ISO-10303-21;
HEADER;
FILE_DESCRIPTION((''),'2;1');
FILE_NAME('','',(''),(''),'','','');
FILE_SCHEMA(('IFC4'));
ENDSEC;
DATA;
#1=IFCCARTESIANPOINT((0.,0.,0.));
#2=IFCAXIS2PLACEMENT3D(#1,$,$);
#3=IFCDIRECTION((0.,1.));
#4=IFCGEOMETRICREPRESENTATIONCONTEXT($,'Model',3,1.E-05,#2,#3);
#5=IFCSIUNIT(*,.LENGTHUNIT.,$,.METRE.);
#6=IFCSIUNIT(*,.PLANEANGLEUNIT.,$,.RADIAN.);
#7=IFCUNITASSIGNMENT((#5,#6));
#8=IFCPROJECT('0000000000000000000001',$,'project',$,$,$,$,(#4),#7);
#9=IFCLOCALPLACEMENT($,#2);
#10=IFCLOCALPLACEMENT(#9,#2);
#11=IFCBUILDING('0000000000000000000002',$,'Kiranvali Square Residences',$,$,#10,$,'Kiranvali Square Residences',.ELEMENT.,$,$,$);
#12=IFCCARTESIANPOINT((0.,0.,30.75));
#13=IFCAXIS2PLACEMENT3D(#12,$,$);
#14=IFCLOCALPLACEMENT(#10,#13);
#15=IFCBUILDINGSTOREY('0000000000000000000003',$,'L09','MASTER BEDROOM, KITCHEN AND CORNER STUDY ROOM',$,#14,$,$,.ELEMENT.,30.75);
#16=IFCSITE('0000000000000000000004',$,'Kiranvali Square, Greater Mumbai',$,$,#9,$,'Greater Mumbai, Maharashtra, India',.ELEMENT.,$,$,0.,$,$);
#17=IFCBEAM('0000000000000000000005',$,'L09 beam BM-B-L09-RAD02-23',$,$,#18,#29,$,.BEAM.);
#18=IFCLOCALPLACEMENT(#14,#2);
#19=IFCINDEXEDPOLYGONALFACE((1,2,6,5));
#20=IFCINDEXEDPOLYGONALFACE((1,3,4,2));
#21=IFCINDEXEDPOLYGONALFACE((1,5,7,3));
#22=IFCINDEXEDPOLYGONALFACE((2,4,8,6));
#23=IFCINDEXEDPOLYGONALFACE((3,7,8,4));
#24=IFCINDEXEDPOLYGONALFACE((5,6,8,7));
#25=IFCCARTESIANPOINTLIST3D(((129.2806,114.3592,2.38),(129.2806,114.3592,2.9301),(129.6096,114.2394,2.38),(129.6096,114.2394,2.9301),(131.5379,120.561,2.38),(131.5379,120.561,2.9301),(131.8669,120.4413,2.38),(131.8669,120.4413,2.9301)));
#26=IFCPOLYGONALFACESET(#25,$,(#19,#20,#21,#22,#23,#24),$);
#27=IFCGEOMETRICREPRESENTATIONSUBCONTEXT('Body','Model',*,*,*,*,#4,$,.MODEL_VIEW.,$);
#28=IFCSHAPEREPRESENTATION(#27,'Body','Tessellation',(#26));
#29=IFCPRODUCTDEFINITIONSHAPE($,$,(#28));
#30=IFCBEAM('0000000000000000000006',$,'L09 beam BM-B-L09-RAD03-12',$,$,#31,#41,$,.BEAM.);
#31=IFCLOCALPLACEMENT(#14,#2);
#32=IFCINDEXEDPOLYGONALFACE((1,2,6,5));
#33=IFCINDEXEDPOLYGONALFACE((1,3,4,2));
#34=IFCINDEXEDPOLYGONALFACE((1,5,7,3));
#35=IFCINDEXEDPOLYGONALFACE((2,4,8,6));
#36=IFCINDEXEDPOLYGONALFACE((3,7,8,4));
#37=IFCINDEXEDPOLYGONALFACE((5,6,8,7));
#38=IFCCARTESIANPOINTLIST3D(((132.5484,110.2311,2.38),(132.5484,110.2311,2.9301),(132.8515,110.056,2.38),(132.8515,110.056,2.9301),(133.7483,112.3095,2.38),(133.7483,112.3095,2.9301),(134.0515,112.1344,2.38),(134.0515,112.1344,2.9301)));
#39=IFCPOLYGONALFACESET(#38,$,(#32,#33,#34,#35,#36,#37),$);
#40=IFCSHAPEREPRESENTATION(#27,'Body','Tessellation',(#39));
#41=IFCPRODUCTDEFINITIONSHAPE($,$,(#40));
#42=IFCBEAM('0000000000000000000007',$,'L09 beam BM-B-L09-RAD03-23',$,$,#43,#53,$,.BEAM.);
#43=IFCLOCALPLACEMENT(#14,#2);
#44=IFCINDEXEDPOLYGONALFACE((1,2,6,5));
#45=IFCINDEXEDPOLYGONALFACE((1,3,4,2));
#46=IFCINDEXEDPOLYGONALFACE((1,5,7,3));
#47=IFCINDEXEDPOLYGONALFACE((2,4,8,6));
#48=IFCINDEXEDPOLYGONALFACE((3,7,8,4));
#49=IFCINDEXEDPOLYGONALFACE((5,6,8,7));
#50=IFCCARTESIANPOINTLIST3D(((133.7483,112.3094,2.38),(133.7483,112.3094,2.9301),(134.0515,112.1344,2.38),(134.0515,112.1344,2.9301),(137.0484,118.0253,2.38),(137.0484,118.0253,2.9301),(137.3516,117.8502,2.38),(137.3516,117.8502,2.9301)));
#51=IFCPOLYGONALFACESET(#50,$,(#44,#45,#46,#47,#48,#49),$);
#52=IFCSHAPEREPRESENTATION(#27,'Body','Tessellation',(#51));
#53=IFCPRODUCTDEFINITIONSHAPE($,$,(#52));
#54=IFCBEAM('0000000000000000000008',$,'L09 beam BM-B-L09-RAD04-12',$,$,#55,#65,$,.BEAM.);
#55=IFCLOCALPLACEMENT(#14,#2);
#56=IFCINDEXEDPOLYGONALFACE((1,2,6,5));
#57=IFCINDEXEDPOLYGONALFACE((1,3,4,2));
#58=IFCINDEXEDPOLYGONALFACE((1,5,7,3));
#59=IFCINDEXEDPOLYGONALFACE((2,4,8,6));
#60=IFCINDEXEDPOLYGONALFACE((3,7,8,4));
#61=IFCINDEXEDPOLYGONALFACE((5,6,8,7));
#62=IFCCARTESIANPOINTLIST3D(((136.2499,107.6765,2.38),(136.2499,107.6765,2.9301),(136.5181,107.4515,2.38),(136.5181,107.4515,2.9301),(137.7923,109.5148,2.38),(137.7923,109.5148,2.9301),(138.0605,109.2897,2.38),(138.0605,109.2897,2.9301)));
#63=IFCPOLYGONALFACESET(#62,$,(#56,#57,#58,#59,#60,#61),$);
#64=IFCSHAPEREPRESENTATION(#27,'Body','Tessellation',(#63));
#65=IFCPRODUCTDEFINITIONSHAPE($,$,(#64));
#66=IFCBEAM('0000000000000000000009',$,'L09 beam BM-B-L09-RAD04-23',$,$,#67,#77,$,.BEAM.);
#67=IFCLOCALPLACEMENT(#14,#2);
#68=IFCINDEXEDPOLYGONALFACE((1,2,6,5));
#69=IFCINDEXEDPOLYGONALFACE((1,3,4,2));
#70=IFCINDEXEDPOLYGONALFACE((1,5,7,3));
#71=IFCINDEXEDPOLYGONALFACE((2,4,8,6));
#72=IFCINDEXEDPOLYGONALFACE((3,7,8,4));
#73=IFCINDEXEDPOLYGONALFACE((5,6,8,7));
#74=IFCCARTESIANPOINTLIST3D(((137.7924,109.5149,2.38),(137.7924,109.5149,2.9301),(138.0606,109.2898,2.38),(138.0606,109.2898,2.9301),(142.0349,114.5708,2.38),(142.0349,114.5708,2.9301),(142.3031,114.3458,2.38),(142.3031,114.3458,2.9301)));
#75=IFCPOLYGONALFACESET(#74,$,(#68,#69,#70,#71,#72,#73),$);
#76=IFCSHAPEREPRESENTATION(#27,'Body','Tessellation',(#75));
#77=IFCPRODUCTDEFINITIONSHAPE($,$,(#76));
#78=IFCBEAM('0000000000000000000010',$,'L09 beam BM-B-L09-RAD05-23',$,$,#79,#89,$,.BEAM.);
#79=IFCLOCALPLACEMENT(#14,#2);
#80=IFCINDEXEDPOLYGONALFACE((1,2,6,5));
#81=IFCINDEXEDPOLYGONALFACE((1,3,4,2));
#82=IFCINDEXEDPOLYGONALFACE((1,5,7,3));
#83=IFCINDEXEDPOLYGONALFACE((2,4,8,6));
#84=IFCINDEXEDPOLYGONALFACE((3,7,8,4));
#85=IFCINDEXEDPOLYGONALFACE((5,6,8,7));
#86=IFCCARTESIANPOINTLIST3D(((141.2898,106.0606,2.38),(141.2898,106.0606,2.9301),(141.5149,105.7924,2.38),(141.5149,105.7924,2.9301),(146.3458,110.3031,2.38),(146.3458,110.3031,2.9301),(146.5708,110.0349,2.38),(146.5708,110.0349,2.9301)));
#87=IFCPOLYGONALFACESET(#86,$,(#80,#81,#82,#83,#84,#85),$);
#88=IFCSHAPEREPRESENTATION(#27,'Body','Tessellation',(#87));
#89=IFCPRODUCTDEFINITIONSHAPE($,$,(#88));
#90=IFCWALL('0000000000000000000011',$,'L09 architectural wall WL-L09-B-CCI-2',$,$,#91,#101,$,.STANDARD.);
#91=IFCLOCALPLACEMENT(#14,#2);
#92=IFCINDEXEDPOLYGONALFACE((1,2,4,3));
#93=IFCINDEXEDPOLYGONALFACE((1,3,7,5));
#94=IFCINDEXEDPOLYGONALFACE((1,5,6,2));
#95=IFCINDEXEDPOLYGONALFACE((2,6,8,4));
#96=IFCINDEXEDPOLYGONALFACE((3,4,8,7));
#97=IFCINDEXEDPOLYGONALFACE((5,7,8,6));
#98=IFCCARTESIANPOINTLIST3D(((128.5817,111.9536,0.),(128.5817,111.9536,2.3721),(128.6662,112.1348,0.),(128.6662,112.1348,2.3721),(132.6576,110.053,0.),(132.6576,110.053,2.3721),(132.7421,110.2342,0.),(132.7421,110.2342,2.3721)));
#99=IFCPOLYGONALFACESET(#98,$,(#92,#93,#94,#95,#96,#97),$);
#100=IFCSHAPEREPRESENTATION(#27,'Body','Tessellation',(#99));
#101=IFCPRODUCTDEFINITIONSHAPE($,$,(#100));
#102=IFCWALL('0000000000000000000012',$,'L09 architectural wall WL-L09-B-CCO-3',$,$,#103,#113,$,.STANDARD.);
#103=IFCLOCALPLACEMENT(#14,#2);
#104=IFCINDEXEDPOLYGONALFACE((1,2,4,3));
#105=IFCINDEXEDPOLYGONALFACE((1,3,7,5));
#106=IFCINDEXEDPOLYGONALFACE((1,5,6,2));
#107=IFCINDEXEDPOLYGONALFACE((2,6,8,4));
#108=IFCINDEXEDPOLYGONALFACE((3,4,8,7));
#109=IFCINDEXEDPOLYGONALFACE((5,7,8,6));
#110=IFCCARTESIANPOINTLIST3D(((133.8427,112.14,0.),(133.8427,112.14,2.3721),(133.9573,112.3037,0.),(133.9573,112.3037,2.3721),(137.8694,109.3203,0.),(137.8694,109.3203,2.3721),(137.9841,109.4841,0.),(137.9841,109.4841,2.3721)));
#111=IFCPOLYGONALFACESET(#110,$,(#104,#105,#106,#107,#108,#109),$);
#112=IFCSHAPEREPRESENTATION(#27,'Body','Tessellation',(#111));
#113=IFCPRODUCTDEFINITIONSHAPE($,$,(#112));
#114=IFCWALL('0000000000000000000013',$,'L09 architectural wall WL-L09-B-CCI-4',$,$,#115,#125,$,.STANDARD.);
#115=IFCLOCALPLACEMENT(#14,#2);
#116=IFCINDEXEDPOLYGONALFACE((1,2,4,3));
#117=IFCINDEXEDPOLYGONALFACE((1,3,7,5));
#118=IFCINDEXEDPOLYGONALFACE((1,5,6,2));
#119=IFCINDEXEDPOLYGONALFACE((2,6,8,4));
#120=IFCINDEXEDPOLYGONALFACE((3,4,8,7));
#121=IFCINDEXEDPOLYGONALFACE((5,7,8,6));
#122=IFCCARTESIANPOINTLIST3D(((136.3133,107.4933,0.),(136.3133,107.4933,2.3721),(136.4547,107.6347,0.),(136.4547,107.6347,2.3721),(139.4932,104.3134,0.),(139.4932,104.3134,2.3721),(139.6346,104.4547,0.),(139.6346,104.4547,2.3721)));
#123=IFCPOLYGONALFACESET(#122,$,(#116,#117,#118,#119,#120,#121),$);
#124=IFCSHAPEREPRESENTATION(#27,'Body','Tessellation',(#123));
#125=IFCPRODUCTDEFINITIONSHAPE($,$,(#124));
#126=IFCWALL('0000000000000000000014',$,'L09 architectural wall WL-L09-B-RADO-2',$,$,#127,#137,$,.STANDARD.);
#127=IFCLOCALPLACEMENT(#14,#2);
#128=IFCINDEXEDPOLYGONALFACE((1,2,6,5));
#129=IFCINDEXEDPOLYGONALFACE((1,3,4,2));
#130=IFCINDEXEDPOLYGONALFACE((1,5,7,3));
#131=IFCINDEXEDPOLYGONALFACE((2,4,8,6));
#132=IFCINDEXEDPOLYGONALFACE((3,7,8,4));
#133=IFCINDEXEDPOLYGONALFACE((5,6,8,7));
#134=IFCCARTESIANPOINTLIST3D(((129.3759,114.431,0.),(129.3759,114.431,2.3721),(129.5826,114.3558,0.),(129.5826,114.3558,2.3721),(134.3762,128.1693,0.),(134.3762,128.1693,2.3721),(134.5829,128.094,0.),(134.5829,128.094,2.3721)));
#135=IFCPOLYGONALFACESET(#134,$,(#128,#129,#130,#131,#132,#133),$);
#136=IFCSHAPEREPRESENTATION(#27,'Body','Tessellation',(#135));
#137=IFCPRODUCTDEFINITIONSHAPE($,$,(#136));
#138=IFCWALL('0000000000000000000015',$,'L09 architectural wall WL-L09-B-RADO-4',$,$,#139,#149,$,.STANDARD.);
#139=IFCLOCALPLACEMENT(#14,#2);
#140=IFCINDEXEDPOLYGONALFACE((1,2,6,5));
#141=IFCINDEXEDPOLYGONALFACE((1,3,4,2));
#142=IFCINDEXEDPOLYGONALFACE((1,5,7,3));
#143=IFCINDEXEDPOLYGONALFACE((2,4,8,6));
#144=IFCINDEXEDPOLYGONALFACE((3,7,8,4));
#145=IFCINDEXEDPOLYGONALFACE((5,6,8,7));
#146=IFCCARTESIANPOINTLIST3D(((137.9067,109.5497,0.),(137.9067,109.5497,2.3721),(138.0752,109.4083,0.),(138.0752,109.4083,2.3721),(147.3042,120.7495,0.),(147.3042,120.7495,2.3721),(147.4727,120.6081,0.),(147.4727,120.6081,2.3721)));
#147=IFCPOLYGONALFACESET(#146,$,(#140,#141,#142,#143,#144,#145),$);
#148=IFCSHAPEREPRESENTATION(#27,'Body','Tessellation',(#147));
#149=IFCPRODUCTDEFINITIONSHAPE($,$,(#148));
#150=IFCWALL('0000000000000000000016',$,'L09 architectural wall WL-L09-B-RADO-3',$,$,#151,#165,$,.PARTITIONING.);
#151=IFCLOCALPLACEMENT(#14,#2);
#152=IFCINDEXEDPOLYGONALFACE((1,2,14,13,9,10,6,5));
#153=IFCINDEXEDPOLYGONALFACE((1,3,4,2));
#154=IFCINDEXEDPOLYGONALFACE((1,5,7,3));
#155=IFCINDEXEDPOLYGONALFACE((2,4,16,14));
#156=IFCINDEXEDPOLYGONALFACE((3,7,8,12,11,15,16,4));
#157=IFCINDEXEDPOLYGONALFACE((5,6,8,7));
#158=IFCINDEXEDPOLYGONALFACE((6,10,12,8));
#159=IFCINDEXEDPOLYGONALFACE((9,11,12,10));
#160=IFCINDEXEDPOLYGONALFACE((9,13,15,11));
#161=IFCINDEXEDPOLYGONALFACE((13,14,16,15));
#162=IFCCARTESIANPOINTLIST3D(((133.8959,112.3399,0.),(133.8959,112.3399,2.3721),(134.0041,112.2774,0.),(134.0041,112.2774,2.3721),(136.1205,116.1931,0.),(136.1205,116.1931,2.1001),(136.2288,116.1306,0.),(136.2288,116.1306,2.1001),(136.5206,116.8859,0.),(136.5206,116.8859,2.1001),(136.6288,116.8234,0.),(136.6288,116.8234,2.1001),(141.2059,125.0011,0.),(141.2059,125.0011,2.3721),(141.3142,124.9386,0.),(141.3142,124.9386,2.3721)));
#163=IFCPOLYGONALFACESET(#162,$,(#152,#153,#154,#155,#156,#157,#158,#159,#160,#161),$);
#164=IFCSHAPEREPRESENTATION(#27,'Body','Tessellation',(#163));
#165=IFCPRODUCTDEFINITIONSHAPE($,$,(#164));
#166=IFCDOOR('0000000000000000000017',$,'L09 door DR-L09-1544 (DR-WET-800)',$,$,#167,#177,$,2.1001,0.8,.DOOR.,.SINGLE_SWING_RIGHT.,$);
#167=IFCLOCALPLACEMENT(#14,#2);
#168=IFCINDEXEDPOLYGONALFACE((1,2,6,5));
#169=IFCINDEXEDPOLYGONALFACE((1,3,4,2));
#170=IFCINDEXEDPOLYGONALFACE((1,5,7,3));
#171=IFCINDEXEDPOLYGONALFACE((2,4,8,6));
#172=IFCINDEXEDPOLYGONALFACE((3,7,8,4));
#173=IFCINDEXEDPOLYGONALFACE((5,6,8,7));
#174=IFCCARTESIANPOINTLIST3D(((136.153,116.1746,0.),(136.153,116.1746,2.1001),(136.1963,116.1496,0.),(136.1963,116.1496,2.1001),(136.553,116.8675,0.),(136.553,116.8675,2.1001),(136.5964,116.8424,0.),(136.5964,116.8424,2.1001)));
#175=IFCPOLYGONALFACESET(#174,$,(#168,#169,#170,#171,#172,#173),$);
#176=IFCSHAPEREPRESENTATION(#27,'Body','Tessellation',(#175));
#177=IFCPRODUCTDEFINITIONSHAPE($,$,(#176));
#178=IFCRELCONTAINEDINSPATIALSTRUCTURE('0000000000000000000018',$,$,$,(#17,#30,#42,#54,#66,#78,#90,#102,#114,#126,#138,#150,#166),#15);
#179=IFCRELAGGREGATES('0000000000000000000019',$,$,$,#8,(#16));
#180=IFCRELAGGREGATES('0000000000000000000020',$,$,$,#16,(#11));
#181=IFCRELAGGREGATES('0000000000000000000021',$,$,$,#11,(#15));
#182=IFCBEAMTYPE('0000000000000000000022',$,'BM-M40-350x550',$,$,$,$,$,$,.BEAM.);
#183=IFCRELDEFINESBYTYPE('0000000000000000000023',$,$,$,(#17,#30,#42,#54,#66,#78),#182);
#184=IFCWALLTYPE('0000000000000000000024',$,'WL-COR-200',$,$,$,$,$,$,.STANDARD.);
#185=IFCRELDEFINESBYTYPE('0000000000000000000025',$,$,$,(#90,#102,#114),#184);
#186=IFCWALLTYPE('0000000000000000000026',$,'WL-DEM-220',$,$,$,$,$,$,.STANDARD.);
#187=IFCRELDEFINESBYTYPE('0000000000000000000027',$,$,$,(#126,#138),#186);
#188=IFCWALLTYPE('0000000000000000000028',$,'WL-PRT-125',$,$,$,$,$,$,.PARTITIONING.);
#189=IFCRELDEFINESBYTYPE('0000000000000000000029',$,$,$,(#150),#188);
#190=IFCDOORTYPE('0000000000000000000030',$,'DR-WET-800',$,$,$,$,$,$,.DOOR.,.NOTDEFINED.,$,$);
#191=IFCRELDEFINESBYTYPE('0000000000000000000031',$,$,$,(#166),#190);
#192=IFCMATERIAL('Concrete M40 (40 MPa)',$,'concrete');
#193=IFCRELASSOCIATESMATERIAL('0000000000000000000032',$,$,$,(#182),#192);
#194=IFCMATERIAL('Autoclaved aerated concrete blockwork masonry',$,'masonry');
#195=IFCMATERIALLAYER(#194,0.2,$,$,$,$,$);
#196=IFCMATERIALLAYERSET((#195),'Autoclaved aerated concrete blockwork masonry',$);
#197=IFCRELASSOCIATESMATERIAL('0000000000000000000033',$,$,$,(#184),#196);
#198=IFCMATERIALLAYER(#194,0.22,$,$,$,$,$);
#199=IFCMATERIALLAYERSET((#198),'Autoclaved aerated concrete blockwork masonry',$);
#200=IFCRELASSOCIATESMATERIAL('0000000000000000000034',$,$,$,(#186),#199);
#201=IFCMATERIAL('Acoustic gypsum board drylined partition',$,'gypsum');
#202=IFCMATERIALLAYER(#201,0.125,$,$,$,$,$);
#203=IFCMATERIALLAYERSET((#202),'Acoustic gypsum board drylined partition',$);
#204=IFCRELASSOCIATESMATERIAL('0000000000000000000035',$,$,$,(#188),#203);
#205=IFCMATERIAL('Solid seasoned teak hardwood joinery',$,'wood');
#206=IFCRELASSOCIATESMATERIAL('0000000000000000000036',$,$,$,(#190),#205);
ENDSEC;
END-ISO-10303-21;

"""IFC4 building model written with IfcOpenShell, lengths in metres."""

from ifc_helpers import new_model, si_unit, direction, frame, frame_2d, origin, origin_2d, place, context, subcontext, project, spatial, rectangle, extrude, material, layer, layer_set, material_profile, profile_set, type_object, element, fill, save


model = new_model("IFC4")

# Units and contexts
model_context = context("Model", 3, precision=1e-05, world=origin(), true_north=direction((0.0, 1.0)))
body_context = subcontext(model_context, "Body", "Model", "MODEL_VIEW")
ifc_project = project(units=[si_unit("LENGTHUNIT", "METRE"), si_unit("PLANEANGLEUNIT", "RADIAN")], contexts=[model_context])

# Site, building, storey
site_placement = place(None, origin())
site = spatial("IfcSite", under=ifc_project, at=site_placement, Name="Kiranvali Square, Greater Mumbai", LongName="Greater Mumbai, Maharashtra, India", CompositionType="ELEMENT", RefElevation=0.0)
building_placement = place(site_placement, origin())
building = spatial("IfcBuilding", under=site, at=building_placement, Name="Kiranvali Square Residences", LongName="Kiranvali Square Residences", CompositionType="ELEMENT")
storey_placement = place(building_placement, frame((0.0, 0.0, 30.75)))
storey = spatial("IfcBuildingStorey", under=building, at=storey_placement, Name="L09", Description="MASTER BEDROOM, KITCHEN AND CORNER STUDY ROOM", CompositionType="ELEMENT", Elevation=30.75)

# Shared definitions
ifc_material_1 = material(Name="Concrete M40 (40 MPa)", Category="concrete")

# Beams
ifc_material_profile_1 = material_profile(ifc_material_1, rectangle(XDim=0.3501, YDim=0.55, at=origin_2d()), Name="RC 350x550")
ifc_profile_set_1 = profile_set([ifc_material_profile_1], Name="Concrete M40 (40 MPa)")
beam_type = type_object("IfcBeamType", Name="BM-M40-350x550", PredefinedType="BEAM", material=ifc_profile_set_1)
beam_1_placement = place(storey_placement, frame((129.4451, 114.2993, 2.655), z_axis=(0.342022, 0.939692, 0.0), x_axis=(-0.939692, 0.342022, 0.0)))
element("IfcBeam", 1, at=beam_1_placement, inside=storey, type_object=beam_type, Name="L09 beam BM-B-L09-RAD02-23", PredefinedType="BEAM", context=body_context, shape_type="SweptSolid", body=[
    extrude(rectangle(XDim=0.3501, YDim=0.55, at=origin_2d()), origin(), (0.0, 0.0, 1.0), 6.5999),
])
beam_2_placement = place(storey_placement, frame((132.7, 110.1436, 2.655), z_axis=(0.500001, 0.866025, 0.0), x_axis=(-0.866025, 0.500001, 0.0)))
element("IfcBeam", 2, at=beam_2_placement, inside=storey, type_object=beam_type, Name="L09 beam BM-B-L09-RAD03-12", PredefinedType="BEAM", context=body_context, shape_type="SweptSolid", body=[
    extrude(rectangle(XDim=0.3501, YDim=0.55, at=origin_2d()), origin(), (0.0, 0.0, 1.0), 2.3999),
])
beam_3_placement = place(storey_placement, frame((133.8999, 112.2219, 2.655), z_axis=(0.500002, 0.866024, 0.0), x_axis=(-0.866024, 0.500002, 0.0)))
element("IfcBeam", 3, at=beam_3_placement, inside=storey, type_object=beam_type, Name="L09 beam BM-B-L09-RAD03-23", PredefinedType="BEAM", context=body_context, shape_type="SweptSolid", body=[
    extrude(rectangle(XDim=0.3501, YDim=0.55, at=origin_2d()), origin(), (0.0, 0.0, 1.0), 6.6001),
])
beam_4_placement = place(storey_placement, frame((136.384, 107.564, 2.655), z_axis=(0.642763, 0.766065, 0.0), x_axis=(-0.766065, 0.642763, 0.0)))
element("IfcBeam", 4, at=beam_4_placement, inside=storey, type_object=beam_type, Name="L09 beam BM-B-L09-RAD04-12", PredefinedType="BEAM", context=body_context, shape_type="SweptSolid", body=[
    extrude(rectangle(XDim=0.3501, YDim=0.55, at=origin_2d()), origin(), (0.0, 0.0, 1.0), 2.3997),
])
for number, where, z_axis, x_axis, name in (
    (5, (137.9265, 109.4023, 2.655), (0.642789, 0.766043, 0.0), (-0.766043, 0.642789, 0.0), "L09 beam BM-B-L09-RAD04-23"),
    (6, (141.4023, 105.9265, 2.655), (0.766043, 0.642789, 0.0), (-0.642789, 0.766043, 0.0), "L09 beam BM-B-L09-RAD05-23"),
):
    element("IfcBeam", number, at=place(storey_placement, frame(where, z_axis=z_axis, x_axis=x_axis)), inside=storey, type_object=beam_type, Name=name, PredefinedType="BEAM", context=body_context, shape_type="SweptSolid", body=[
        extrude(rectangle(XDim=0.3501, YDim=0.55, at=origin_2d()), origin(), (0.0, 0.0, 1.0), 6.6001),
    ])

# Wall
ifc_material_2 = material(Name="Autoclaved aerated concrete blockwork masonry", Category="masonry")
ifc_layer_1 = layer(ifc_material_2, 0.2)
ifc_layer_set_1 = layer_set([ifc_layer_1], Name="Autoclaved aerated concrete blockwork masonry")
wall_type_1 = type_object("IfcWallType", Name="WL-COR-200", PredefinedType="STANDARD", material=ifc_layer_set_1)
wall_1_placement = place(storey_placement, frame((128.624, 112.0442, 0.0), z_axis=(0.0, 0.0, 1.0), x_axis=(0.906308, -0.422618, 0.0)))
element("IfcWall", 7, at=wall_1_placement, inside=storey, type_object=wall_type_1, Name="L09 architectural wall WL-L09-B-CCI-2", PredefinedType="STANDARD", context=body_context, shape_type="SweptSolid", body=[
    extrude(rectangle(XDim=4.4973, YDim=0.2, at=frame_2d((2.2485, 0.0))), origin(), (0.0, 0.0, 1.0), 2.3721),
])

# Walls
wall_2_placement = place(storey_placement, frame((133.8999, 112.2219, 0.0), z_axis=(0.0, 0.0, 1.0), x_axis=(0.819141, -0.573592, 0.0)))
element("IfcWall", 8, at=wall_2_placement, inside=storey, type_object=wall_type_1, Name="L09 architectural wall WL-L09-B-CCO-3", PredefinedType="STANDARD", context=body_context, shape_type="SweptSolid", body=[
    extrude(rectangle(XDim=4.9158, YDim=0.2, at=frame_2d((2.458, 0.0))), origin(), (0.0, 0.0, 1.0), 2.3721),
])
wall_3_placement = place(storey_placement, frame((136.384, 107.564, 0.0), z_axis=(0.0, 0.0, 1.0), x_axis=(0.707107, -0.707107, 0.0)))
element("IfcWall", 9, at=wall_3_placement, inside=storey, type_object=wall_type_1, Name="L09 architectural wall WL-L09-B-CCI-4", PredefinedType="STANDARD", context=body_context, shape_type="SweptSolid", body=[
    extrude(rectangle(XDim=4.4971, YDim=0.2, at=frame_2d((2.2485, 0.0))), origin(), (0.0, 0.0, 1.0), 2.3721),
])

# Walls
ifc_layer_2 = layer(ifc_material_2, 0.22)
ifc_layer_set_2 = layer_set([ifc_layer_2], Name="Autoclaved aerated concrete blockwork masonry")
wall_type_2 = type_object("IfcWallType", Name="WL-DEM-220", PredefinedType="STANDARD", material=ifc_layer_set_2)
wall_4_placement = place(storey_placement, frame((129.4792, 114.3933, 0.0), z_axis=(0.0, 0.0, 1.0), x_axis=(0.342015, 0.939694, 0.0)))
element("IfcWall", 10, at=wall_4_placement, inside=storey, type_object=wall_type_2, Name="L09 architectural wall WL-L09-B-RADO-2", PredefinedType="STANDARD", context=body_context, shape_type="SweptSolid", body=[
    extrude(rectangle(XDim=14.6199, YDim=0.22, at=frame_2d((7.3101, 0.0))), origin(), (0.0, 0.0, 1.0), 2.3721),
])
wall_5_placement = place(storey_placement, frame((137.991, 109.479, 0.0), z_axis=(0.0, 0.0, 1.0), x_axis=(0.642779, 0.766051, 0.0)))
element("IfcWall", 11, at=wall_5_placement, inside=storey, type_object=wall_type_2, Name="L09 architectural wall WL-L09-B-RADO-4", PredefinedType="STANDARD", context=body_context, shape_type="SweptSolid", body=[
    extrude(rectangle(XDim=14.6201, YDim=0.22, at=frame_2d((7.3101, 0.0))), origin(), (0.0, 0.0, 1.0), 2.3721),
])

# Wall, opening, door
ifc_material_3 = material(Name="Acoustic gypsum board drylined partition", Category="gypsum")
ifc_layer_3 = layer(ifc_material_3, 0.125)
ifc_layer_set_3 = layer_set([ifc_layer_3], Name="Acoustic gypsum board drylined partition")
wall_type_3 = type_object("IfcWallType", Name="WL-PRT-125", PredefinedType="PARTITIONING", material=ifc_layer_set_3)
wall_6_placement = place(storey_placement, frame((133.95, 112.3086, 0.0), z_axis=(0.0, 0.0, 1.0), x_axis=(0.500008, 0.866021, 0.0)))
wall_6 = element("IfcWall", 12, at=wall_6_placement, inside=storey, type_object=wall_type_3, Name="L09 architectural wall WL-L09-B-RADO-3", PredefinedType="PARTITIONING", context=body_context, shape_type="SweptSolid", body=[
    extrude(rectangle(XDim=14.6199, YDim=0.125, at=frame_2d((7.3101, 0.0))), origin(), (0.0, 0.0, 1.0), 2.3721),
])
opening_1_placement = place(wall_6_placement, frame((4.4495, 0.0, 0.0)))
opening_1 = element("IfcOpeningElement", 13, at=opening_1_placement, cuts=wall_6, PredefinedType="OPENING", context=body_context, shape_type="SweptSolid", body=[
    extrude(rectangle(XDim=0.8, YDim=2.1001, at=frame_2d((0.3999, 1.05))), frame((0.0, 0.0725, 0.0), z_axis=(0.0, -1.0, 0.0), x_axis=(1.0, 0.0, 0.0)), (0.0, 0.0, 1.0), 0.145),
])
ifc_material_4 = material(Name="Solid seasoned teak hardwood joinery", Category="wood")
door_type_1 = type_object("IfcDoorType", Name="DR-WET-800", OperationType="NOTDEFINED", PredefinedType="DOOR", material=ifc_material_4)
door_1_placement = place(opening_1_placement, frame((0.8, 0.0, 0.0), z_axis=(0.0, 0.0, 1.0), x_axis=(-1.0, 0.0, 0.0)))
door_1 = element("IfcDoor", 14, at=door_1_placement, inside=storey, type_object=door_type_1, Name="L09 door DR-L09-1544 (DR-WET-800)", OperationType="SINGLE_SWING_RIGHT", OverallHeight=2.1001, OverallWidth=0.8, PredefinedType="DOOR", context=body_context, shape_type="SweptSolid", body=[
    extrude(rectangle(XDim=0.8, YDim=2.1001, at=frame_2d((0.3999, 1.05))), frame((0.0, 0.0249, 0.0), z_axis=(0.0, -1.0, 0.0), x_axis=(1.0, 0.0, 0.0)), (0.0, 0.0, 1.0), 0.05),
])
fill(opening_1, door_1)

save(model, "model.ifc")
